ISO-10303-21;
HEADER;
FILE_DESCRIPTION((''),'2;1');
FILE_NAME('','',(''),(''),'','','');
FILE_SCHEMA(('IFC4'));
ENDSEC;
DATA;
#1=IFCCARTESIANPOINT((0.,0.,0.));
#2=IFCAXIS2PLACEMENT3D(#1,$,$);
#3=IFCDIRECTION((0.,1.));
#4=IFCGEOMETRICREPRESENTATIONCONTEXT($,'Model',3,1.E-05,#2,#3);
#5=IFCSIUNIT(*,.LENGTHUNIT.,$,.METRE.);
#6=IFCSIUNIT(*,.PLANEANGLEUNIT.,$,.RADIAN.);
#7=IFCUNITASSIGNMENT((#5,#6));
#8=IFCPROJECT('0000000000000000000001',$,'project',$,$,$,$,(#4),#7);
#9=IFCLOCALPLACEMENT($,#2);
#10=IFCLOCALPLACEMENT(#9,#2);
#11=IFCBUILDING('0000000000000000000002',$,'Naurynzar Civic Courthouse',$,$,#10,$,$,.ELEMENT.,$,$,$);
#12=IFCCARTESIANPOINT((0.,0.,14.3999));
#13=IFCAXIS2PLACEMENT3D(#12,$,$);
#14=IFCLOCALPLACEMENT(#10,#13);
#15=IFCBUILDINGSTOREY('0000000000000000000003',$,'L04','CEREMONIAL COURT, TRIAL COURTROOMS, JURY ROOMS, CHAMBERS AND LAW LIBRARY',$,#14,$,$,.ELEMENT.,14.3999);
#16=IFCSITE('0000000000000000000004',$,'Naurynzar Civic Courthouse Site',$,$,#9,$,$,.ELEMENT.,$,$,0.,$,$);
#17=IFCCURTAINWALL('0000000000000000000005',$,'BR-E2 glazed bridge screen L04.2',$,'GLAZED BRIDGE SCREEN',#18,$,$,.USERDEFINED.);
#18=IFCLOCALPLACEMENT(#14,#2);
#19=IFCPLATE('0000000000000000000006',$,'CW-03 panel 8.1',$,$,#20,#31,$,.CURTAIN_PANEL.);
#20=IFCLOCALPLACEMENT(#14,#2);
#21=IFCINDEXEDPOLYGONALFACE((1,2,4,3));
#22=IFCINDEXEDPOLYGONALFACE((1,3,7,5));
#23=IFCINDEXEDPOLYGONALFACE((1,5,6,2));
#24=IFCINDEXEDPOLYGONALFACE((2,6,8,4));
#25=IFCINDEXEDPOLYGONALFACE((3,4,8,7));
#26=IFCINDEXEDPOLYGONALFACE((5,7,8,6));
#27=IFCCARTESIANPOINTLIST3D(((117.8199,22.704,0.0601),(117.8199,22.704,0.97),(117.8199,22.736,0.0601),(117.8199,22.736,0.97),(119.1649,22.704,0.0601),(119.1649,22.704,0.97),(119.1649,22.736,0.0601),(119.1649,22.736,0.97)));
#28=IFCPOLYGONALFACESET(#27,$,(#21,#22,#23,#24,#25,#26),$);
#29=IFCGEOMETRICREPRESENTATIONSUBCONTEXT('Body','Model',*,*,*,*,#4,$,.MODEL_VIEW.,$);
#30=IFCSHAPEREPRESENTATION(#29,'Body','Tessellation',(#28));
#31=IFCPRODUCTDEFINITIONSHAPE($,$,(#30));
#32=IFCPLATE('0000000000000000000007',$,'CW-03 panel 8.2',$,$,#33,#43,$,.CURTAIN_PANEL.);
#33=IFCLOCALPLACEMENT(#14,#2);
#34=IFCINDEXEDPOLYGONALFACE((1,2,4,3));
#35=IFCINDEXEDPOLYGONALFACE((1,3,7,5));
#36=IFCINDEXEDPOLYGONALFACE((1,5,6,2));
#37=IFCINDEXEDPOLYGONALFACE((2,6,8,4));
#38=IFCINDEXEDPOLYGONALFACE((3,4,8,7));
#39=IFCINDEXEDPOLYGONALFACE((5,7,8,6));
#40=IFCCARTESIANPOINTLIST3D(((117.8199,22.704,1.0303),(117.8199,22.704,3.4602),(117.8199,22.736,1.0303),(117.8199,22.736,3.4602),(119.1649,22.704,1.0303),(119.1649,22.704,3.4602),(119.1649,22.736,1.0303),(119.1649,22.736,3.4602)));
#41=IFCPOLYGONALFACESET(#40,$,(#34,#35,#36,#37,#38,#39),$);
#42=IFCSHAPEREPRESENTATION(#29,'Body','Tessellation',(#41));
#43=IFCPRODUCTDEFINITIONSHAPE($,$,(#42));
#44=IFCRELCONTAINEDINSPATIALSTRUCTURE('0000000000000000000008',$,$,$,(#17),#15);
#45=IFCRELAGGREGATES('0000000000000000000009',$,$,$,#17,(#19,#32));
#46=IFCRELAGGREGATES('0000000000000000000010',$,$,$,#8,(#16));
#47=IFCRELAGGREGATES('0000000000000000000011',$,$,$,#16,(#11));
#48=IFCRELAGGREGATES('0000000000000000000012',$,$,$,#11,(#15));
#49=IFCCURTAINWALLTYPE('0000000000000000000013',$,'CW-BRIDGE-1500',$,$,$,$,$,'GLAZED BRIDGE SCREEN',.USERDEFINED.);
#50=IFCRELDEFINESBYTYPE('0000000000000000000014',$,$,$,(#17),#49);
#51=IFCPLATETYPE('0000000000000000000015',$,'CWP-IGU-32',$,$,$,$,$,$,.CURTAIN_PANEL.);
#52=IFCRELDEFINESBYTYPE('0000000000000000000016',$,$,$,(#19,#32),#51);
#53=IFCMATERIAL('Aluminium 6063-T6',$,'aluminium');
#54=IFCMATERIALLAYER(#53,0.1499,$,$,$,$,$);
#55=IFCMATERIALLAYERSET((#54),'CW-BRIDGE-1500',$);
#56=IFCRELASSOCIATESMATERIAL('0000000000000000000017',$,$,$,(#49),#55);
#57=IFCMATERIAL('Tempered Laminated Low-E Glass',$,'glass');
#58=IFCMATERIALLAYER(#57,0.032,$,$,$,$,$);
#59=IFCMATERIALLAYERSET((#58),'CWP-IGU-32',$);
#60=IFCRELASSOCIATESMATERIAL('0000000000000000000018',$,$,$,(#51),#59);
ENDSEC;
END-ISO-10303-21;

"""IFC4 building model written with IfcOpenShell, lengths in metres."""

from ifc_helpers import new_model, si_unit, direction, frame, origin, origin_2d, place, context, subcontext, project, spatial, rectangle, extrude, material, layer, layer_set, type_object, element, aggregate, save


model = new_model("IFC4")

# Units and contexts
model_context = context("Model", 3, precision=1e-05, world=origin(), true_north=direction((0.0, 1.0)))
body_context = subcontext(model_context, "Body", "Model", "MODEL_VIEW")
ifc_project = project(units=[si_unit("LENGTHUNIT", "METRE"), si_unit("PLANEANGLEUNIT", "RADIAN")], contexts=[model_context])

# Site, building, storey
site_placement = place(None, origin())
site = spatial("IfcSite", under=ifc_project, at=site_placement, Name="Naurynzar Civic Courthouse Site", CompositionType="ELEMENT", RefElevation=0.0)
building_placement = place(site_placement, origin())
building = spatial("IfcBuilding", under=site, at=building_placement, Name="Naurynzar Civic Courthouse", CompositionType="ELEMENT")
storey_placement = place(building_placement, frame((0.0, 0.0, 14.3999)))
storey = spatial("IfcBuildingStorey", under=building, at=storey_placement, Name="L04", Description="CEREMONIAL COURT, TRIAL COURTROOMS, JURY ROOMS, CHAMBERS AND LAW LIBRARY", CompositionType="ELEMENT", Elevation=14.3999)

# Curtain wall
ifc_material_1 = material(Name="Aluminium 6063-T6", Category="aluminium")
ifc_layer_1 = layer(ifc_material_1, 0.1499)
ifc_layer_set_1 = layer_set([ifc_layer_1], Name="CW-BRIDGE-1500")
curtain_wall_type = type_object("IfcCurtainWallType", Name="CW-BRIDGE-1500", ElementType="GLAZED BRIDGE SCREEN", PredefinedType="USERDEFINED", material=ifc_layer_set_1)
curtain_wall_1_placement = place(storey_placement, origin())
curtain_wall_1 = element("IfcCurtainWall", 1, at=curtain_wall_1_placement, inside=storey, type_object=curtain_wall_type, Name="BR-E2 glazed bridge screen L04.2", ObjectType="GLAZED BRIDGE SCREEN", PredefinedType="USERDEFINED")

# Plates
ifc_material_2 = material(Name="Tempered Laminated Low-E Glass", Category="glass")
ifc_layer_2 = layer(ifc_material_2, 0.032)
ifc_layer_set_2 = layer_set([ifc_layer_2], Name="CWP-IGU-32")
plate_type = type_object("IfcPlateType", Name="CWP-IGU-32", PredefinedType="CURTAIN_PANEL", material=ifc_layer_set_2)
plate_1_placement = place(storey_placement, frame((118.4924, 22.72, 0.0601), z_axis=(0.0, 0.0, 1.0), x_axis=(-1.0, 0.0, 0.0)))
plate_1 = element("IfcPlate", 2, at=plate_1_placement, type_object=plate_type, Name="CW-03 panel 8.1", PredefinedType="CURTAIN_PANEL", context=body_context, shape_type="SweptSolid", body=[
    extrude(rectangle(XDim=1.345, YDim=0.032, at=origin_2d()), origin(), (0.0, 0.0, 1.0), 0.9099),
])
plate_2_placement = place(storey_placement, frame((118.4924, 22.72, 1.0303), z_axis=(0.0, 0.0, 1.0), x_axis=(-1.0, 0.0, 0.0)))
plate_2 = element("IfcPlate", 3, at=plate_2_placement, type_object=plate_type, Name="CW-03 panel 8.2", PredefinedType="CURTAIN_PANEL", context=body_context, shape_type="SweptSolid", body=[
    extrude(rectangle(XDim=1.345, YDim=0.032, at=origin_2d()), origin(), (0.0, 0.0, 1.0), 2.4299),
])
aggregate(curtain_wall_1, [plate_1, plate_2])

save(model, "model.ifc")
